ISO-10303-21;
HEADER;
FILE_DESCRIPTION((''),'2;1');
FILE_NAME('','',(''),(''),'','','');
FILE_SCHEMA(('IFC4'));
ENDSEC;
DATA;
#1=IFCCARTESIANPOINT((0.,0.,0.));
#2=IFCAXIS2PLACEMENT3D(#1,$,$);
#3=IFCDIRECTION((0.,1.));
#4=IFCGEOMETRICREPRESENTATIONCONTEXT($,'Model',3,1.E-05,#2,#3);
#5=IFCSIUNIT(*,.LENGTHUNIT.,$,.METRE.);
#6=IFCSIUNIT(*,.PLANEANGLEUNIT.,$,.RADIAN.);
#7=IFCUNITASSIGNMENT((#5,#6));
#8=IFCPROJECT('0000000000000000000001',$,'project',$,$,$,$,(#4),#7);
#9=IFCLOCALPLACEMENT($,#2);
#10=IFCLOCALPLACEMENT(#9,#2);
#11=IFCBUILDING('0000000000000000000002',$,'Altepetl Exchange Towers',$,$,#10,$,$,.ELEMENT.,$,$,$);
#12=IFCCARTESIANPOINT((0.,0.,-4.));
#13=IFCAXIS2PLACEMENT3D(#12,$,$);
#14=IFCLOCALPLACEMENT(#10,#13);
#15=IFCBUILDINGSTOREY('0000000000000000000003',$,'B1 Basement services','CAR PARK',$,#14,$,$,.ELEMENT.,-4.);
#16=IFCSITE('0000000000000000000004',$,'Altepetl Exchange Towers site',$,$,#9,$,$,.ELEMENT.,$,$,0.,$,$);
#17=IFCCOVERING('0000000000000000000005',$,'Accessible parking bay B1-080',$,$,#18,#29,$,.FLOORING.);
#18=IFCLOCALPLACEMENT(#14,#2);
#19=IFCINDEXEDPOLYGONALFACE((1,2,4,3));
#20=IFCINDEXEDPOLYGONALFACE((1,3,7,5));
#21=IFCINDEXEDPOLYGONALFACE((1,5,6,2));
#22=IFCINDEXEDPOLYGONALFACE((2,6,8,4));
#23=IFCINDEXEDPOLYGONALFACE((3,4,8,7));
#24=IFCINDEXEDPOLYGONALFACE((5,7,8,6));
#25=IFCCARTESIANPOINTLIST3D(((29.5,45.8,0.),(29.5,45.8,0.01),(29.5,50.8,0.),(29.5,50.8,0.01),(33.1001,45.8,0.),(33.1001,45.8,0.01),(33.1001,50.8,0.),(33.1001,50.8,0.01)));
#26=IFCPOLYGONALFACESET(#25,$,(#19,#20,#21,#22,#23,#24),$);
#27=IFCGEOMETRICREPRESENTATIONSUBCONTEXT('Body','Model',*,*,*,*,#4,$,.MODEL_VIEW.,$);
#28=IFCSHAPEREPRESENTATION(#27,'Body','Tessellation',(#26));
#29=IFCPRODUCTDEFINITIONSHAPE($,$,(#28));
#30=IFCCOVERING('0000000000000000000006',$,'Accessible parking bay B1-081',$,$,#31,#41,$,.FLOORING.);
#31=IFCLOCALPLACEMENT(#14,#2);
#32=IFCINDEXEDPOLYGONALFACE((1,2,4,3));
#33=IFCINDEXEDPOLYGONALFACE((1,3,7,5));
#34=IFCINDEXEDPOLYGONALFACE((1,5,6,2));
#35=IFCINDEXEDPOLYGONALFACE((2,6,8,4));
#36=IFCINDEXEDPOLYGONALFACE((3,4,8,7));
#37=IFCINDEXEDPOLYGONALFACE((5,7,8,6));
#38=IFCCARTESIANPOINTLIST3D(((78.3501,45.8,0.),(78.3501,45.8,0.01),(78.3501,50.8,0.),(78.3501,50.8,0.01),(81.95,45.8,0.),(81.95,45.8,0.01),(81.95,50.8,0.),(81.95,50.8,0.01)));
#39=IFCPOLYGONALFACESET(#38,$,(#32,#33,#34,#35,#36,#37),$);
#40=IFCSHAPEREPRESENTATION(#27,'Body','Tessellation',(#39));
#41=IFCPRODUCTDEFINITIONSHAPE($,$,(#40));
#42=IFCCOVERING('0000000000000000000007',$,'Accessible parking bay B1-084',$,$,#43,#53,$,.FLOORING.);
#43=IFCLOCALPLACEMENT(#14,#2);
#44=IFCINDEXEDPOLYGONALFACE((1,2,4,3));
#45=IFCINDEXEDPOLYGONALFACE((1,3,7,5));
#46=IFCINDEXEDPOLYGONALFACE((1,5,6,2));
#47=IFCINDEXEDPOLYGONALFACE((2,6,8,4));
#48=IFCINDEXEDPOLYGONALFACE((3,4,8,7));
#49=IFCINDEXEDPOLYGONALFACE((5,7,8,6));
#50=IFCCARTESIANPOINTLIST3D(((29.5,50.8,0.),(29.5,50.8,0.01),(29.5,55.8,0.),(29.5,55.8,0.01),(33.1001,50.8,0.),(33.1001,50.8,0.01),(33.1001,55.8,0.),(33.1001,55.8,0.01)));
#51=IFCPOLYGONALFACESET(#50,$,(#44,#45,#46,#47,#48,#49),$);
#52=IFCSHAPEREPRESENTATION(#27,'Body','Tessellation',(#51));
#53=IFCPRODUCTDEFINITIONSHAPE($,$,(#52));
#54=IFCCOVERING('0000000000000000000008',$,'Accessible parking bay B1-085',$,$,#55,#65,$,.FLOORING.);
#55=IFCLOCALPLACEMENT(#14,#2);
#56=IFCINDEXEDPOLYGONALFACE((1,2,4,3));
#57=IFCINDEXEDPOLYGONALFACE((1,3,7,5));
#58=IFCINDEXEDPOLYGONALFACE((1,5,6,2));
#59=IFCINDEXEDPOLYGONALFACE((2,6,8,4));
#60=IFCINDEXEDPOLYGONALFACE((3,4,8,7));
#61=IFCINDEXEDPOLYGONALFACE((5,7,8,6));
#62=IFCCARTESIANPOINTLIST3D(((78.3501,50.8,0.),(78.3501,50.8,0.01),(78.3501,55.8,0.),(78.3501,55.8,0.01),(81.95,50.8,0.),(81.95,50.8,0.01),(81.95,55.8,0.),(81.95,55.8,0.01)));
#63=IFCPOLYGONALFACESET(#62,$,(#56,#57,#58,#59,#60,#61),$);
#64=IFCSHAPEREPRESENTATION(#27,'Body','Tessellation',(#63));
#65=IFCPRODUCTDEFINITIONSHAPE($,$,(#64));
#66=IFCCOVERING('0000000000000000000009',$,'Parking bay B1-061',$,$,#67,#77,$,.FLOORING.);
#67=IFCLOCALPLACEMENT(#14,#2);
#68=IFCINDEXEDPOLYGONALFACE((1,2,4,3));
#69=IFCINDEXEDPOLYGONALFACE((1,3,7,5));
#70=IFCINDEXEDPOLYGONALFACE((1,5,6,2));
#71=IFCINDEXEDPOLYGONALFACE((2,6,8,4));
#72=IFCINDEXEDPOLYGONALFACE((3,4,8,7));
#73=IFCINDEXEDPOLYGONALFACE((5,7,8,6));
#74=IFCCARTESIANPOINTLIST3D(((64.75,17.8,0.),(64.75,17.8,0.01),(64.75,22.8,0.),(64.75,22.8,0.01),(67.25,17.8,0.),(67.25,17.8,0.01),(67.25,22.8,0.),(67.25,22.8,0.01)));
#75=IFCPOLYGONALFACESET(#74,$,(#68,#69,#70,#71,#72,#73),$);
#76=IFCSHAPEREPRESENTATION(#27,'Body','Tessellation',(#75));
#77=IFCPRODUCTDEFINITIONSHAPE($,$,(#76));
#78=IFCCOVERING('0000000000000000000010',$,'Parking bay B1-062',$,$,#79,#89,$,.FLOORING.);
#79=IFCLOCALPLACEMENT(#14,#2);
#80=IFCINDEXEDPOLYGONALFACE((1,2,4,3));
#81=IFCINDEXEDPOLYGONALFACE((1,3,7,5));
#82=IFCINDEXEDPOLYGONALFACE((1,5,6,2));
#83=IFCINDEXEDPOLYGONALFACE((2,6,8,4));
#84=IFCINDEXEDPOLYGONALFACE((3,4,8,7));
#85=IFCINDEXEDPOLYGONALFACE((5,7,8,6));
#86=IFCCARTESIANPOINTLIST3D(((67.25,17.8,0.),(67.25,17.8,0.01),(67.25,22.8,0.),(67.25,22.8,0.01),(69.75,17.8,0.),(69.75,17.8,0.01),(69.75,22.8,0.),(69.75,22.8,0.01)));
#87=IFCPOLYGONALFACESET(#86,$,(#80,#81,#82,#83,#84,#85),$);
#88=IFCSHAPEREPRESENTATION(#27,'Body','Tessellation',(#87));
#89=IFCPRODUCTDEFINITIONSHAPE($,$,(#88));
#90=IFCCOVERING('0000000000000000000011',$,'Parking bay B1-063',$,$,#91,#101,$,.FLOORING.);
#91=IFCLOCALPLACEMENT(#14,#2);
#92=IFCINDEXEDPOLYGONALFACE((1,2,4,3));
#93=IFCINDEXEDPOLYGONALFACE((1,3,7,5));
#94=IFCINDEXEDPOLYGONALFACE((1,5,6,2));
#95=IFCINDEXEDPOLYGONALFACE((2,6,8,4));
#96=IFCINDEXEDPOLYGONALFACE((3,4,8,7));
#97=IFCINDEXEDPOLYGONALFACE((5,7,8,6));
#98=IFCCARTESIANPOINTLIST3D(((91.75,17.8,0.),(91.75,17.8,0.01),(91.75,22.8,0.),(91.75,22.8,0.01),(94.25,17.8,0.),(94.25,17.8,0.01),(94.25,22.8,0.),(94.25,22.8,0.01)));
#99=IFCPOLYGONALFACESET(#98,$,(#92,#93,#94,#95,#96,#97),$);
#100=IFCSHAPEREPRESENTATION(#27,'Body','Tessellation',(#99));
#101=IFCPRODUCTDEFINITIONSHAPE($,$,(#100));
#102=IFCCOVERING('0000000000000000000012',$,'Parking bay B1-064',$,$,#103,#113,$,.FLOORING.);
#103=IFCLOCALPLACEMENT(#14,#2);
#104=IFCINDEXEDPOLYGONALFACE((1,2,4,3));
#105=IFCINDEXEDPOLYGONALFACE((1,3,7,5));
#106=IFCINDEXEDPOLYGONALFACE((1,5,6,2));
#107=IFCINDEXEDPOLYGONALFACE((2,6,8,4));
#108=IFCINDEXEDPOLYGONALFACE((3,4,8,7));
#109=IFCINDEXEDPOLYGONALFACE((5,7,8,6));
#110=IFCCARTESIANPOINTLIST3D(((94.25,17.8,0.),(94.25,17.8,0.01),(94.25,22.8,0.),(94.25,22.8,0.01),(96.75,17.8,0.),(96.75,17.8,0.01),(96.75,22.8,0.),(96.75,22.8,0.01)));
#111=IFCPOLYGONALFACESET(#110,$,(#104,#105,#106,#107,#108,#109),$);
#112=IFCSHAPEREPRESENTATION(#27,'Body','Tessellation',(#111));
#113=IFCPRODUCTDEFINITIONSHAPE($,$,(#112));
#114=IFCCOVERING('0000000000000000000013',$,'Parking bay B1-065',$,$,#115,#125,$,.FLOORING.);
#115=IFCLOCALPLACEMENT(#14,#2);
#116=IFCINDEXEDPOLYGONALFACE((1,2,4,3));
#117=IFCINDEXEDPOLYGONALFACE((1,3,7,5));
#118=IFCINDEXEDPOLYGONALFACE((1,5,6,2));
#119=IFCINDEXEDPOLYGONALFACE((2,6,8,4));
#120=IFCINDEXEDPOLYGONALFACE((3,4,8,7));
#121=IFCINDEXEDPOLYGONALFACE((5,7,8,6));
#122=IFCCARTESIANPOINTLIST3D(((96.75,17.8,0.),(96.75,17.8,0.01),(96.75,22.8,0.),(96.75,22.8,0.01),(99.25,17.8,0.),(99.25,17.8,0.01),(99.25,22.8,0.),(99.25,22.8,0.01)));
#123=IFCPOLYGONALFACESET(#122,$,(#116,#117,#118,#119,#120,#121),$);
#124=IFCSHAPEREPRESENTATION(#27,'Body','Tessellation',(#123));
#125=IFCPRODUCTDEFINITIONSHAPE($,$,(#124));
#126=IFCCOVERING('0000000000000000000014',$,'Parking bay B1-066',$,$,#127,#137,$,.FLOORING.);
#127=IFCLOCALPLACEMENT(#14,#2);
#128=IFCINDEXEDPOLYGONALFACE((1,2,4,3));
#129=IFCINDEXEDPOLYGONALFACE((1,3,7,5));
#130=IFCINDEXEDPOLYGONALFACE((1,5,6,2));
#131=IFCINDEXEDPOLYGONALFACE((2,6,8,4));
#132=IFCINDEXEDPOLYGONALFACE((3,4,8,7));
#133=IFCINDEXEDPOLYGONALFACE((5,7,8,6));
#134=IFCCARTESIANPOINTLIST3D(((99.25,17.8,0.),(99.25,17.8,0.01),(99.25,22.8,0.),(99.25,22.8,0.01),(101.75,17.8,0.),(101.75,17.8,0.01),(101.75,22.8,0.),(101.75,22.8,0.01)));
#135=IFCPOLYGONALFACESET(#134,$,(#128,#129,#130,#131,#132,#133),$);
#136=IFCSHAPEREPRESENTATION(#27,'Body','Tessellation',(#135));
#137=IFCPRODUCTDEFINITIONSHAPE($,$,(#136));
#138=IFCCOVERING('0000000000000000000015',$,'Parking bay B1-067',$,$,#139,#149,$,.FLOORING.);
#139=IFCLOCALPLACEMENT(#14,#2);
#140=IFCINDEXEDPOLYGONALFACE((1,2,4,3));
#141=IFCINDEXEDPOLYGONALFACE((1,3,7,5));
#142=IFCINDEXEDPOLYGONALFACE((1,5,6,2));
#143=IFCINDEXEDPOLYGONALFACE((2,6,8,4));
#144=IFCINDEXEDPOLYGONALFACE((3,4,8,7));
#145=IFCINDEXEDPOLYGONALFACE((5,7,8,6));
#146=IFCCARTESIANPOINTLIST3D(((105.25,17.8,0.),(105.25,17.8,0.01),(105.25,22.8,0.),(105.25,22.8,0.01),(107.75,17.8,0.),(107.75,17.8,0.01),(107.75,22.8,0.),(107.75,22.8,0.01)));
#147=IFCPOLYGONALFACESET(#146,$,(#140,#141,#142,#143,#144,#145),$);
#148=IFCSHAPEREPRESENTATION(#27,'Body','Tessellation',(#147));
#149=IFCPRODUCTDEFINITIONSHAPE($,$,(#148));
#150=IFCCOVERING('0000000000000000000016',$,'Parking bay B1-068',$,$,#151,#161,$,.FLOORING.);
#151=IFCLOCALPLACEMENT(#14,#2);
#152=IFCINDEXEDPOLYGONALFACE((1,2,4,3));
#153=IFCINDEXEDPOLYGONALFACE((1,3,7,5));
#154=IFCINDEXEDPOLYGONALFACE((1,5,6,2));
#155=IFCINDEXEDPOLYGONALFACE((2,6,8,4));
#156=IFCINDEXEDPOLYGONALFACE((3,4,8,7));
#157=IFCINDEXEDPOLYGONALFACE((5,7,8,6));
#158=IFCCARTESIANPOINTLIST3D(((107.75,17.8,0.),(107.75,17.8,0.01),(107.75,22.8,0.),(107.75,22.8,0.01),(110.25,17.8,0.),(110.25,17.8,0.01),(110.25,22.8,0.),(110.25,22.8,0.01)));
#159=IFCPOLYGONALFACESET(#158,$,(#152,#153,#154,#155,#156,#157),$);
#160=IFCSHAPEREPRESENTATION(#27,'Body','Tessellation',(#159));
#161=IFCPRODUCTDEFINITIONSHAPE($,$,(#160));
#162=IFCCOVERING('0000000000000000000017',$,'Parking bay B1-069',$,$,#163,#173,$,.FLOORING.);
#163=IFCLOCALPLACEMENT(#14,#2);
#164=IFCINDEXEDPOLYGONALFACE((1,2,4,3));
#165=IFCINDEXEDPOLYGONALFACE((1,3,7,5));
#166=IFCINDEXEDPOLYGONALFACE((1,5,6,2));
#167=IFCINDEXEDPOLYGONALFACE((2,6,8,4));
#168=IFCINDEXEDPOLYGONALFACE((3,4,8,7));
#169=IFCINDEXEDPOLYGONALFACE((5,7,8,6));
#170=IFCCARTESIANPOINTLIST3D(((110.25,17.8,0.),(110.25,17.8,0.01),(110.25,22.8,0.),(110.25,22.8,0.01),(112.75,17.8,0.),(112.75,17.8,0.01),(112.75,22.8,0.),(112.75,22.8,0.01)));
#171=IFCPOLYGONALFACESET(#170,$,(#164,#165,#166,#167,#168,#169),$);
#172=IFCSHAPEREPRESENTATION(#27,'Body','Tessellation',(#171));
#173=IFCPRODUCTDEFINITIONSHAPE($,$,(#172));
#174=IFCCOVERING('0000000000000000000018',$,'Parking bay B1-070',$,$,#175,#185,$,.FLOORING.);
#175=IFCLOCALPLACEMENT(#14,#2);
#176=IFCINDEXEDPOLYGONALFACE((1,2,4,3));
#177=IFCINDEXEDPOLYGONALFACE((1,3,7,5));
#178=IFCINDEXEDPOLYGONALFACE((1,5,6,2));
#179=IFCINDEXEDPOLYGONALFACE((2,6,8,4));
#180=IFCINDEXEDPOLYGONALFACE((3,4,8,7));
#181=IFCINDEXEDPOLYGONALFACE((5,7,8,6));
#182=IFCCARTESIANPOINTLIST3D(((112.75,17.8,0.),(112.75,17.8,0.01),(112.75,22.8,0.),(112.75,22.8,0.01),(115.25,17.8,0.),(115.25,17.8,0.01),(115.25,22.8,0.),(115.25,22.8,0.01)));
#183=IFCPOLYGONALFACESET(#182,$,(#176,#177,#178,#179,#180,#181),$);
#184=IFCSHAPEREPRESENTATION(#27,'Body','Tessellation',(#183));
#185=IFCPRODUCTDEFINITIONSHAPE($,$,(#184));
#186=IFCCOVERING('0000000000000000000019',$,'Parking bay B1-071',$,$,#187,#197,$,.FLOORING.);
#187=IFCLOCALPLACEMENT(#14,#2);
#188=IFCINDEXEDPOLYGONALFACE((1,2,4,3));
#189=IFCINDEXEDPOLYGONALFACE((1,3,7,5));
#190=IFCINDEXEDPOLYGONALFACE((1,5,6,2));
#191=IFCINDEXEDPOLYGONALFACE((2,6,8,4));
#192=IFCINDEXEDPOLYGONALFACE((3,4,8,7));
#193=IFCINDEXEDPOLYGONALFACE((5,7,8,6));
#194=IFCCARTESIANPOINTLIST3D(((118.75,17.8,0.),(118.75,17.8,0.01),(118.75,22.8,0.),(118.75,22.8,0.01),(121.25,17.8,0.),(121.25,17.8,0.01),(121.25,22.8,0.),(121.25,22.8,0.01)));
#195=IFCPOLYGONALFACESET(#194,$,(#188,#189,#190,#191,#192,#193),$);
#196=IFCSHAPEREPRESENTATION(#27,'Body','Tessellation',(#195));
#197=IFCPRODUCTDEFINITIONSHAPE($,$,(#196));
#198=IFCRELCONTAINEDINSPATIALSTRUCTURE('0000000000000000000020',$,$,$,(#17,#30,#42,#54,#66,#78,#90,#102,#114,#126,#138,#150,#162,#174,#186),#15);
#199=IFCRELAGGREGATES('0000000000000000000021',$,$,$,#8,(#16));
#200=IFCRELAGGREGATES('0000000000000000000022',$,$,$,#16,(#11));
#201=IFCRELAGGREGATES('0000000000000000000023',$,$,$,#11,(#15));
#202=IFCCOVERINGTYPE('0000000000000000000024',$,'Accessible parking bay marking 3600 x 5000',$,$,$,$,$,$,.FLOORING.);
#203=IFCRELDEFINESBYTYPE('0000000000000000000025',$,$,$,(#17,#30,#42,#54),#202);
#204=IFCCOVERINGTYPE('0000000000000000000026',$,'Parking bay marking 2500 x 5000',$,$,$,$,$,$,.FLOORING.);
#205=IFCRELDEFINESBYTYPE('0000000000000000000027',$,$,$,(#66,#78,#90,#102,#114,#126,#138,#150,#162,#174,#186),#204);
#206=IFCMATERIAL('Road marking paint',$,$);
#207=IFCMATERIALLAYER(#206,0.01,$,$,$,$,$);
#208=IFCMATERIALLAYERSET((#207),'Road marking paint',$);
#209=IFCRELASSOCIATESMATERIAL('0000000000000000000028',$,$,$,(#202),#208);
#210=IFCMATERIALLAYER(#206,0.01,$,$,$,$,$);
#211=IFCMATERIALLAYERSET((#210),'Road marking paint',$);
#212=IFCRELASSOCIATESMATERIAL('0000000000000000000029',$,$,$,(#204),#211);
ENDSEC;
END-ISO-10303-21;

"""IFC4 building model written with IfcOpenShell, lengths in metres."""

from ifc_helpers import new_model, si_unit, direction, frame, origin, place, context, subcontext, project, spatial, polyline, outline, extrude, material, layer, layer_set, type_object, element, save


model = new_model("IFC4")

# Units and contexts
model_context = context("Model", 3, precision=1e-05, world=origin(), true_north=direction((0.0, 1.0)))
body_context = subcontext(model_context, "Body", "Model", "MODEL_VIEW")
ifc_project = project(units=[si_unit("LENGTHUNIT", "METRE"), si_unit("PLANEANGLEUNIT", "RADIAN")], contexts=[model_context])

# Site, building, storey
site_placement = place(None, origin())
site = spatial("IfcSite", under=ifc_project, at=site_placement, Name="Altepetl Exchange Towers site", CompositionType="ELEMENT", RefElevation=0.0)
building_placement = place(site_placement, origin())
building = spatial("IfcBuilding", under=site, at=building_placement, Name="Altepetl Exchange Towers", CompositionType="ELEMENT")
storey_placement = place(building_placement, frame((0.0, 0.0, -4.0)))
storey = spatial("IfcBuildingStorey", under=building, at=storey_placement, Name="B1 Basement services", Description="CAR PARK", CompositionType="ELEMENT", Elevation=-4.0)

# Coverings
ifc_material = material(Name="Road marking paint")
ifc_layer_1 = layer(ifc_material, 0.01)
ifc_layer_set_1 = layer_set([ifc_layer_1], Name="Road marking paint")
covering_type_1 = type_object("IfcCoveringType", Name="Accessible parking bay marking 3600 x 5000", PredefinedType="FLOORING", material=ifc_layer_set_1)
covering_1_placement = place(storey_placement, origin())
element("IfcCovering", 1, at=covering_1_placement, inside=storey, type_object=covering_type_1, Name="Accessible parking bay B1-080", PredefinedType="FLOORING", context=body_context, shape_type="SweptSolid", body=[
    extrude(outline(polyline([(29.5, 45.8), (33.1001, 45.8), (33.1001, 50.8), (29.5, 50.8), (29.5, 45.8)])), origin(), (0.0, 0.0, 1.0), 0.01),
])
covering_2_placement = place(storey_placement, origin())
element("IfcCovering", 2, at=covering_2_placement, inside=storey, type_object=covering_type_1, Name="Accessible parking bay B1-081", PredefinedType="FLOORING", context=body_context, shape_type="SweptSolid", body=[
    extrude(outline(polyline([(78.3501, 45.8), (81.95, 45.8), (81.95, 50.8), (78.3501, 50.8), (78.3501, 45.8)])), origin(), (0.0, 0.0, 1.0), 0.01),
])
covering_3_placement = place(storey_placement, origin())
element("IfcCovering", 3, at=covering_3_placement, inside=storey, type_object=covering_type_1, Name="Accessible parking bay B1-084", PredefinedType="FLOORING", context=body_context, shape_type="SweptSolid", body=[
    extrude(outline(polyline([(29.5, 50.8), (33.1001, 50.8), (33.1001, 55.8), (29.5, 55.8), (29.5, 50.8)])), origin(), (0.0, 0.0, 1.0), 0.01),
])
covering_4_placement = place(storey_placement, origin())
element("IfcCovering", 4, at=covering_4_placement, inside=storey, type_object=covering_type_1, Name="Accessible parking bay B1-085", PredefinedType="FLOORING", context=body_context, shape_type="SweptSolid", body=[
    extrude(outline(polyline([(78.3501, 50.8), (81.95, 50.8), (81.95, 55.8), (78.3501, 55.8), (78.3501, 50.8)])), origin(), (0.0, 0.0, 1.0), 0.01),
])
ifc_layer_2 = layer(ifc_material, 0.01)
ifc_layer_set_2 = layer_set([ifc_layer_2], Name="Road marking paint")
covering_type_2 = type_object("IfcCoveringType", Name="Parking bay marking 2500 x 5000", PredefinedType="FLOORING", material=ifc_layer_set_2)
covering_5_placement = place(storey_placement, origin())
element("IfcCovering", 5, at=covering_5_placement, inside=storey, type_object=covering_type_2, Name="Parking bay B1-061", PredefinedType="FLOORING", context=body_context, shape_type="SweptSolid", body=[
    extrude(outline(polyline([(64.75, 17.8), (67.25, 17.8), (67.25, 22.8), (64.75, 22.8), (64.75, 17.8)])), origin(), (0.0, 0.0, 1.0), 0.01),
])
covering_6_placement = place(storey_placement, origin())
element("IfcCovering", 6, at=covering_6_placement, inside=storey, type_object=covering_type_2, Name="Parking bay B1-062", PredefinedType="FLOORING", context=body_context, shape_type="SweptSolid", body=[
    extrude(outline(polyline([(67.25, 17.8), (69.75, 17.8), (69.75, 22.8), (67.25, 22.8), (67.25, 17.8)])), origin(), (0.0, 0.0, 1.0), 0.01),
])
covering_7_placement = place(storey_placement, origin())
element("IfcCovering", 7, at=covering_7_placement, inside=storey, type_object=covering_type_2, Name="Parking bay B1-063", PredefinedType="FLOORING", context=body_context, shape_type="SweptSolid", body=[
    extrude(outline(polyline([(91.75, 17.8), (94.25, 17.8), (94.25, 22.8), (91.75, 22.8), (91.75, 17.8)])), origin(), (0.0, 0.0, 1.0), 0.01),
])
covering_8_placement = place(storey_placement, origin())
element("IfcCovering", 8, at=covering_8_placement, inside=storey, type_object=covering_type_2, Name="Parking bay B1-064", PredefinedType="FLOORING", context=body_context, shape_type="SweptSolid", body=[
    extrude(outline(polyline([(94.25, 17.8), (96.75, 17.8), (96.75, 22.8), (94.25, 22.8), (94.25, 17.8)])), origin(), (0.0, 0.0, 1.0), 0.01),
])
covering_9_placement = place(storey_placement, origin())
element("IfcCovering", 9, at=covering_9_placement, inside=storey, type_object=covering_type_2, Name="Parking bay B1-065", PredefinedType="FLOORING", context=body_context, shape_type="SweptSolid", body=[
    extrude(outline(polyline([(96.75, 17.8), (99.25, 17.8), (99.25, 22.8), (96.75, 22.8), (96.75, 17.8)])), origin(), (0.0, 0.0, 1.0), 0.01),
])
covering_10_placement = place(storey_placement, origin())
element("IfcCovering", 10, at=covering_10_placement, inside=storey, type_object=covering_type_2, Name="Parking bay B1-066", PredefinedType="FLOORING", context=body_context, shape_type="SweptSolid", body=[
    extrude(outline(polyline([(99.25, 17.8), (101.75, 17.8), (101.75, 22.8), (99.25, 22.8), (99.25, 17.8)])), origin(), (0.0, 0.0, 1.0), 0.01),
])
covering_11_placement = place(storey_placement, origin())
element("IfcCovering", 11, at=covering_11_placement, inside=storey, type_object=covering_type_2, Name="Parking bay B1-067", PredefinedType="FLOORING", context=body_context, shape_type="SweptSolid", body=[
    extrude(outline(polyline([(105.25, 17.8), (107.75, 17.8), (107.75, 22.8), (105.25, 22.8), (105.25, 17.8)])), origin(), (0.0, 0.0, 1.0), 0.01),
])
covering_12_placement = place(storey_placement, origin())
element("IfcCovering", 12, at=covering_12_placement, inside=storey, type_object=covering_type_2, Name="Parking bay B1-068", PredefinedType="FLOORING", context=body_context, shape_type="SweptSolid", body=[
    extrude(outline(polyline([(107.75, 17.8), (110.25, 17.8), (110.25, 22.8), (107.75, 22.8), (107.75, 17.8)])), origin(), (0.0, 0.0, 1.0), 0.01),
])
covering_13_placement = place(storey_placement, origin())
element("IfcCovering", 13, at=covering_13_placement, inside=storey, type_object=covering_type_2, Name="Parking bay B1-069", PredefinedType="FLOORING", context=body_context, shape_type="SweptSolid", body=[
    extrude(outline(polyline([(110.25, 17.8), (112.75, 17.8), (112.75, 22.8), (110.25, 22.8), (110.25, 17.8)])), origin(), (0.0, 0.0, 1.0), 0.01),
])
covering_14_placement = place(storey_placement, origin())
element("IfcCovering", 14, at=covering_14_placement, inside=storey, type_object=covering_type_2, Name="Parking bay B1-070", PredefinedType="FLOORING", context=body_context, shape_type="SweptSolid", body=[
    extrude(outline(polyline([(112.75, 17.8), (115.25, 17.8), (115.25, 22.8), (112.75, 22.8), (112.75, 17.8)])), origin(), (0.0, 0.0, 1.0), 0.01),
])
covering_15_placement = place(storey_placement, origin())
element("IfcCovering", 15, at=covering_15_placement, inside=storey, type_object=covering_type_2, Name="Parking bay B1-071", PredefinedType="FLOORING", context=body_context, shape_type="SweptSolid", body=[
    extrude(outline(polyline([(118.75, 17.8), (121.25, 17.8), (121.25, 22.8), (118.75, 22.8), (118.75, 17.8)])), origin(), (0.0, 0.0, 1.0), 0.01),
])

save(model, "model.ifc")
